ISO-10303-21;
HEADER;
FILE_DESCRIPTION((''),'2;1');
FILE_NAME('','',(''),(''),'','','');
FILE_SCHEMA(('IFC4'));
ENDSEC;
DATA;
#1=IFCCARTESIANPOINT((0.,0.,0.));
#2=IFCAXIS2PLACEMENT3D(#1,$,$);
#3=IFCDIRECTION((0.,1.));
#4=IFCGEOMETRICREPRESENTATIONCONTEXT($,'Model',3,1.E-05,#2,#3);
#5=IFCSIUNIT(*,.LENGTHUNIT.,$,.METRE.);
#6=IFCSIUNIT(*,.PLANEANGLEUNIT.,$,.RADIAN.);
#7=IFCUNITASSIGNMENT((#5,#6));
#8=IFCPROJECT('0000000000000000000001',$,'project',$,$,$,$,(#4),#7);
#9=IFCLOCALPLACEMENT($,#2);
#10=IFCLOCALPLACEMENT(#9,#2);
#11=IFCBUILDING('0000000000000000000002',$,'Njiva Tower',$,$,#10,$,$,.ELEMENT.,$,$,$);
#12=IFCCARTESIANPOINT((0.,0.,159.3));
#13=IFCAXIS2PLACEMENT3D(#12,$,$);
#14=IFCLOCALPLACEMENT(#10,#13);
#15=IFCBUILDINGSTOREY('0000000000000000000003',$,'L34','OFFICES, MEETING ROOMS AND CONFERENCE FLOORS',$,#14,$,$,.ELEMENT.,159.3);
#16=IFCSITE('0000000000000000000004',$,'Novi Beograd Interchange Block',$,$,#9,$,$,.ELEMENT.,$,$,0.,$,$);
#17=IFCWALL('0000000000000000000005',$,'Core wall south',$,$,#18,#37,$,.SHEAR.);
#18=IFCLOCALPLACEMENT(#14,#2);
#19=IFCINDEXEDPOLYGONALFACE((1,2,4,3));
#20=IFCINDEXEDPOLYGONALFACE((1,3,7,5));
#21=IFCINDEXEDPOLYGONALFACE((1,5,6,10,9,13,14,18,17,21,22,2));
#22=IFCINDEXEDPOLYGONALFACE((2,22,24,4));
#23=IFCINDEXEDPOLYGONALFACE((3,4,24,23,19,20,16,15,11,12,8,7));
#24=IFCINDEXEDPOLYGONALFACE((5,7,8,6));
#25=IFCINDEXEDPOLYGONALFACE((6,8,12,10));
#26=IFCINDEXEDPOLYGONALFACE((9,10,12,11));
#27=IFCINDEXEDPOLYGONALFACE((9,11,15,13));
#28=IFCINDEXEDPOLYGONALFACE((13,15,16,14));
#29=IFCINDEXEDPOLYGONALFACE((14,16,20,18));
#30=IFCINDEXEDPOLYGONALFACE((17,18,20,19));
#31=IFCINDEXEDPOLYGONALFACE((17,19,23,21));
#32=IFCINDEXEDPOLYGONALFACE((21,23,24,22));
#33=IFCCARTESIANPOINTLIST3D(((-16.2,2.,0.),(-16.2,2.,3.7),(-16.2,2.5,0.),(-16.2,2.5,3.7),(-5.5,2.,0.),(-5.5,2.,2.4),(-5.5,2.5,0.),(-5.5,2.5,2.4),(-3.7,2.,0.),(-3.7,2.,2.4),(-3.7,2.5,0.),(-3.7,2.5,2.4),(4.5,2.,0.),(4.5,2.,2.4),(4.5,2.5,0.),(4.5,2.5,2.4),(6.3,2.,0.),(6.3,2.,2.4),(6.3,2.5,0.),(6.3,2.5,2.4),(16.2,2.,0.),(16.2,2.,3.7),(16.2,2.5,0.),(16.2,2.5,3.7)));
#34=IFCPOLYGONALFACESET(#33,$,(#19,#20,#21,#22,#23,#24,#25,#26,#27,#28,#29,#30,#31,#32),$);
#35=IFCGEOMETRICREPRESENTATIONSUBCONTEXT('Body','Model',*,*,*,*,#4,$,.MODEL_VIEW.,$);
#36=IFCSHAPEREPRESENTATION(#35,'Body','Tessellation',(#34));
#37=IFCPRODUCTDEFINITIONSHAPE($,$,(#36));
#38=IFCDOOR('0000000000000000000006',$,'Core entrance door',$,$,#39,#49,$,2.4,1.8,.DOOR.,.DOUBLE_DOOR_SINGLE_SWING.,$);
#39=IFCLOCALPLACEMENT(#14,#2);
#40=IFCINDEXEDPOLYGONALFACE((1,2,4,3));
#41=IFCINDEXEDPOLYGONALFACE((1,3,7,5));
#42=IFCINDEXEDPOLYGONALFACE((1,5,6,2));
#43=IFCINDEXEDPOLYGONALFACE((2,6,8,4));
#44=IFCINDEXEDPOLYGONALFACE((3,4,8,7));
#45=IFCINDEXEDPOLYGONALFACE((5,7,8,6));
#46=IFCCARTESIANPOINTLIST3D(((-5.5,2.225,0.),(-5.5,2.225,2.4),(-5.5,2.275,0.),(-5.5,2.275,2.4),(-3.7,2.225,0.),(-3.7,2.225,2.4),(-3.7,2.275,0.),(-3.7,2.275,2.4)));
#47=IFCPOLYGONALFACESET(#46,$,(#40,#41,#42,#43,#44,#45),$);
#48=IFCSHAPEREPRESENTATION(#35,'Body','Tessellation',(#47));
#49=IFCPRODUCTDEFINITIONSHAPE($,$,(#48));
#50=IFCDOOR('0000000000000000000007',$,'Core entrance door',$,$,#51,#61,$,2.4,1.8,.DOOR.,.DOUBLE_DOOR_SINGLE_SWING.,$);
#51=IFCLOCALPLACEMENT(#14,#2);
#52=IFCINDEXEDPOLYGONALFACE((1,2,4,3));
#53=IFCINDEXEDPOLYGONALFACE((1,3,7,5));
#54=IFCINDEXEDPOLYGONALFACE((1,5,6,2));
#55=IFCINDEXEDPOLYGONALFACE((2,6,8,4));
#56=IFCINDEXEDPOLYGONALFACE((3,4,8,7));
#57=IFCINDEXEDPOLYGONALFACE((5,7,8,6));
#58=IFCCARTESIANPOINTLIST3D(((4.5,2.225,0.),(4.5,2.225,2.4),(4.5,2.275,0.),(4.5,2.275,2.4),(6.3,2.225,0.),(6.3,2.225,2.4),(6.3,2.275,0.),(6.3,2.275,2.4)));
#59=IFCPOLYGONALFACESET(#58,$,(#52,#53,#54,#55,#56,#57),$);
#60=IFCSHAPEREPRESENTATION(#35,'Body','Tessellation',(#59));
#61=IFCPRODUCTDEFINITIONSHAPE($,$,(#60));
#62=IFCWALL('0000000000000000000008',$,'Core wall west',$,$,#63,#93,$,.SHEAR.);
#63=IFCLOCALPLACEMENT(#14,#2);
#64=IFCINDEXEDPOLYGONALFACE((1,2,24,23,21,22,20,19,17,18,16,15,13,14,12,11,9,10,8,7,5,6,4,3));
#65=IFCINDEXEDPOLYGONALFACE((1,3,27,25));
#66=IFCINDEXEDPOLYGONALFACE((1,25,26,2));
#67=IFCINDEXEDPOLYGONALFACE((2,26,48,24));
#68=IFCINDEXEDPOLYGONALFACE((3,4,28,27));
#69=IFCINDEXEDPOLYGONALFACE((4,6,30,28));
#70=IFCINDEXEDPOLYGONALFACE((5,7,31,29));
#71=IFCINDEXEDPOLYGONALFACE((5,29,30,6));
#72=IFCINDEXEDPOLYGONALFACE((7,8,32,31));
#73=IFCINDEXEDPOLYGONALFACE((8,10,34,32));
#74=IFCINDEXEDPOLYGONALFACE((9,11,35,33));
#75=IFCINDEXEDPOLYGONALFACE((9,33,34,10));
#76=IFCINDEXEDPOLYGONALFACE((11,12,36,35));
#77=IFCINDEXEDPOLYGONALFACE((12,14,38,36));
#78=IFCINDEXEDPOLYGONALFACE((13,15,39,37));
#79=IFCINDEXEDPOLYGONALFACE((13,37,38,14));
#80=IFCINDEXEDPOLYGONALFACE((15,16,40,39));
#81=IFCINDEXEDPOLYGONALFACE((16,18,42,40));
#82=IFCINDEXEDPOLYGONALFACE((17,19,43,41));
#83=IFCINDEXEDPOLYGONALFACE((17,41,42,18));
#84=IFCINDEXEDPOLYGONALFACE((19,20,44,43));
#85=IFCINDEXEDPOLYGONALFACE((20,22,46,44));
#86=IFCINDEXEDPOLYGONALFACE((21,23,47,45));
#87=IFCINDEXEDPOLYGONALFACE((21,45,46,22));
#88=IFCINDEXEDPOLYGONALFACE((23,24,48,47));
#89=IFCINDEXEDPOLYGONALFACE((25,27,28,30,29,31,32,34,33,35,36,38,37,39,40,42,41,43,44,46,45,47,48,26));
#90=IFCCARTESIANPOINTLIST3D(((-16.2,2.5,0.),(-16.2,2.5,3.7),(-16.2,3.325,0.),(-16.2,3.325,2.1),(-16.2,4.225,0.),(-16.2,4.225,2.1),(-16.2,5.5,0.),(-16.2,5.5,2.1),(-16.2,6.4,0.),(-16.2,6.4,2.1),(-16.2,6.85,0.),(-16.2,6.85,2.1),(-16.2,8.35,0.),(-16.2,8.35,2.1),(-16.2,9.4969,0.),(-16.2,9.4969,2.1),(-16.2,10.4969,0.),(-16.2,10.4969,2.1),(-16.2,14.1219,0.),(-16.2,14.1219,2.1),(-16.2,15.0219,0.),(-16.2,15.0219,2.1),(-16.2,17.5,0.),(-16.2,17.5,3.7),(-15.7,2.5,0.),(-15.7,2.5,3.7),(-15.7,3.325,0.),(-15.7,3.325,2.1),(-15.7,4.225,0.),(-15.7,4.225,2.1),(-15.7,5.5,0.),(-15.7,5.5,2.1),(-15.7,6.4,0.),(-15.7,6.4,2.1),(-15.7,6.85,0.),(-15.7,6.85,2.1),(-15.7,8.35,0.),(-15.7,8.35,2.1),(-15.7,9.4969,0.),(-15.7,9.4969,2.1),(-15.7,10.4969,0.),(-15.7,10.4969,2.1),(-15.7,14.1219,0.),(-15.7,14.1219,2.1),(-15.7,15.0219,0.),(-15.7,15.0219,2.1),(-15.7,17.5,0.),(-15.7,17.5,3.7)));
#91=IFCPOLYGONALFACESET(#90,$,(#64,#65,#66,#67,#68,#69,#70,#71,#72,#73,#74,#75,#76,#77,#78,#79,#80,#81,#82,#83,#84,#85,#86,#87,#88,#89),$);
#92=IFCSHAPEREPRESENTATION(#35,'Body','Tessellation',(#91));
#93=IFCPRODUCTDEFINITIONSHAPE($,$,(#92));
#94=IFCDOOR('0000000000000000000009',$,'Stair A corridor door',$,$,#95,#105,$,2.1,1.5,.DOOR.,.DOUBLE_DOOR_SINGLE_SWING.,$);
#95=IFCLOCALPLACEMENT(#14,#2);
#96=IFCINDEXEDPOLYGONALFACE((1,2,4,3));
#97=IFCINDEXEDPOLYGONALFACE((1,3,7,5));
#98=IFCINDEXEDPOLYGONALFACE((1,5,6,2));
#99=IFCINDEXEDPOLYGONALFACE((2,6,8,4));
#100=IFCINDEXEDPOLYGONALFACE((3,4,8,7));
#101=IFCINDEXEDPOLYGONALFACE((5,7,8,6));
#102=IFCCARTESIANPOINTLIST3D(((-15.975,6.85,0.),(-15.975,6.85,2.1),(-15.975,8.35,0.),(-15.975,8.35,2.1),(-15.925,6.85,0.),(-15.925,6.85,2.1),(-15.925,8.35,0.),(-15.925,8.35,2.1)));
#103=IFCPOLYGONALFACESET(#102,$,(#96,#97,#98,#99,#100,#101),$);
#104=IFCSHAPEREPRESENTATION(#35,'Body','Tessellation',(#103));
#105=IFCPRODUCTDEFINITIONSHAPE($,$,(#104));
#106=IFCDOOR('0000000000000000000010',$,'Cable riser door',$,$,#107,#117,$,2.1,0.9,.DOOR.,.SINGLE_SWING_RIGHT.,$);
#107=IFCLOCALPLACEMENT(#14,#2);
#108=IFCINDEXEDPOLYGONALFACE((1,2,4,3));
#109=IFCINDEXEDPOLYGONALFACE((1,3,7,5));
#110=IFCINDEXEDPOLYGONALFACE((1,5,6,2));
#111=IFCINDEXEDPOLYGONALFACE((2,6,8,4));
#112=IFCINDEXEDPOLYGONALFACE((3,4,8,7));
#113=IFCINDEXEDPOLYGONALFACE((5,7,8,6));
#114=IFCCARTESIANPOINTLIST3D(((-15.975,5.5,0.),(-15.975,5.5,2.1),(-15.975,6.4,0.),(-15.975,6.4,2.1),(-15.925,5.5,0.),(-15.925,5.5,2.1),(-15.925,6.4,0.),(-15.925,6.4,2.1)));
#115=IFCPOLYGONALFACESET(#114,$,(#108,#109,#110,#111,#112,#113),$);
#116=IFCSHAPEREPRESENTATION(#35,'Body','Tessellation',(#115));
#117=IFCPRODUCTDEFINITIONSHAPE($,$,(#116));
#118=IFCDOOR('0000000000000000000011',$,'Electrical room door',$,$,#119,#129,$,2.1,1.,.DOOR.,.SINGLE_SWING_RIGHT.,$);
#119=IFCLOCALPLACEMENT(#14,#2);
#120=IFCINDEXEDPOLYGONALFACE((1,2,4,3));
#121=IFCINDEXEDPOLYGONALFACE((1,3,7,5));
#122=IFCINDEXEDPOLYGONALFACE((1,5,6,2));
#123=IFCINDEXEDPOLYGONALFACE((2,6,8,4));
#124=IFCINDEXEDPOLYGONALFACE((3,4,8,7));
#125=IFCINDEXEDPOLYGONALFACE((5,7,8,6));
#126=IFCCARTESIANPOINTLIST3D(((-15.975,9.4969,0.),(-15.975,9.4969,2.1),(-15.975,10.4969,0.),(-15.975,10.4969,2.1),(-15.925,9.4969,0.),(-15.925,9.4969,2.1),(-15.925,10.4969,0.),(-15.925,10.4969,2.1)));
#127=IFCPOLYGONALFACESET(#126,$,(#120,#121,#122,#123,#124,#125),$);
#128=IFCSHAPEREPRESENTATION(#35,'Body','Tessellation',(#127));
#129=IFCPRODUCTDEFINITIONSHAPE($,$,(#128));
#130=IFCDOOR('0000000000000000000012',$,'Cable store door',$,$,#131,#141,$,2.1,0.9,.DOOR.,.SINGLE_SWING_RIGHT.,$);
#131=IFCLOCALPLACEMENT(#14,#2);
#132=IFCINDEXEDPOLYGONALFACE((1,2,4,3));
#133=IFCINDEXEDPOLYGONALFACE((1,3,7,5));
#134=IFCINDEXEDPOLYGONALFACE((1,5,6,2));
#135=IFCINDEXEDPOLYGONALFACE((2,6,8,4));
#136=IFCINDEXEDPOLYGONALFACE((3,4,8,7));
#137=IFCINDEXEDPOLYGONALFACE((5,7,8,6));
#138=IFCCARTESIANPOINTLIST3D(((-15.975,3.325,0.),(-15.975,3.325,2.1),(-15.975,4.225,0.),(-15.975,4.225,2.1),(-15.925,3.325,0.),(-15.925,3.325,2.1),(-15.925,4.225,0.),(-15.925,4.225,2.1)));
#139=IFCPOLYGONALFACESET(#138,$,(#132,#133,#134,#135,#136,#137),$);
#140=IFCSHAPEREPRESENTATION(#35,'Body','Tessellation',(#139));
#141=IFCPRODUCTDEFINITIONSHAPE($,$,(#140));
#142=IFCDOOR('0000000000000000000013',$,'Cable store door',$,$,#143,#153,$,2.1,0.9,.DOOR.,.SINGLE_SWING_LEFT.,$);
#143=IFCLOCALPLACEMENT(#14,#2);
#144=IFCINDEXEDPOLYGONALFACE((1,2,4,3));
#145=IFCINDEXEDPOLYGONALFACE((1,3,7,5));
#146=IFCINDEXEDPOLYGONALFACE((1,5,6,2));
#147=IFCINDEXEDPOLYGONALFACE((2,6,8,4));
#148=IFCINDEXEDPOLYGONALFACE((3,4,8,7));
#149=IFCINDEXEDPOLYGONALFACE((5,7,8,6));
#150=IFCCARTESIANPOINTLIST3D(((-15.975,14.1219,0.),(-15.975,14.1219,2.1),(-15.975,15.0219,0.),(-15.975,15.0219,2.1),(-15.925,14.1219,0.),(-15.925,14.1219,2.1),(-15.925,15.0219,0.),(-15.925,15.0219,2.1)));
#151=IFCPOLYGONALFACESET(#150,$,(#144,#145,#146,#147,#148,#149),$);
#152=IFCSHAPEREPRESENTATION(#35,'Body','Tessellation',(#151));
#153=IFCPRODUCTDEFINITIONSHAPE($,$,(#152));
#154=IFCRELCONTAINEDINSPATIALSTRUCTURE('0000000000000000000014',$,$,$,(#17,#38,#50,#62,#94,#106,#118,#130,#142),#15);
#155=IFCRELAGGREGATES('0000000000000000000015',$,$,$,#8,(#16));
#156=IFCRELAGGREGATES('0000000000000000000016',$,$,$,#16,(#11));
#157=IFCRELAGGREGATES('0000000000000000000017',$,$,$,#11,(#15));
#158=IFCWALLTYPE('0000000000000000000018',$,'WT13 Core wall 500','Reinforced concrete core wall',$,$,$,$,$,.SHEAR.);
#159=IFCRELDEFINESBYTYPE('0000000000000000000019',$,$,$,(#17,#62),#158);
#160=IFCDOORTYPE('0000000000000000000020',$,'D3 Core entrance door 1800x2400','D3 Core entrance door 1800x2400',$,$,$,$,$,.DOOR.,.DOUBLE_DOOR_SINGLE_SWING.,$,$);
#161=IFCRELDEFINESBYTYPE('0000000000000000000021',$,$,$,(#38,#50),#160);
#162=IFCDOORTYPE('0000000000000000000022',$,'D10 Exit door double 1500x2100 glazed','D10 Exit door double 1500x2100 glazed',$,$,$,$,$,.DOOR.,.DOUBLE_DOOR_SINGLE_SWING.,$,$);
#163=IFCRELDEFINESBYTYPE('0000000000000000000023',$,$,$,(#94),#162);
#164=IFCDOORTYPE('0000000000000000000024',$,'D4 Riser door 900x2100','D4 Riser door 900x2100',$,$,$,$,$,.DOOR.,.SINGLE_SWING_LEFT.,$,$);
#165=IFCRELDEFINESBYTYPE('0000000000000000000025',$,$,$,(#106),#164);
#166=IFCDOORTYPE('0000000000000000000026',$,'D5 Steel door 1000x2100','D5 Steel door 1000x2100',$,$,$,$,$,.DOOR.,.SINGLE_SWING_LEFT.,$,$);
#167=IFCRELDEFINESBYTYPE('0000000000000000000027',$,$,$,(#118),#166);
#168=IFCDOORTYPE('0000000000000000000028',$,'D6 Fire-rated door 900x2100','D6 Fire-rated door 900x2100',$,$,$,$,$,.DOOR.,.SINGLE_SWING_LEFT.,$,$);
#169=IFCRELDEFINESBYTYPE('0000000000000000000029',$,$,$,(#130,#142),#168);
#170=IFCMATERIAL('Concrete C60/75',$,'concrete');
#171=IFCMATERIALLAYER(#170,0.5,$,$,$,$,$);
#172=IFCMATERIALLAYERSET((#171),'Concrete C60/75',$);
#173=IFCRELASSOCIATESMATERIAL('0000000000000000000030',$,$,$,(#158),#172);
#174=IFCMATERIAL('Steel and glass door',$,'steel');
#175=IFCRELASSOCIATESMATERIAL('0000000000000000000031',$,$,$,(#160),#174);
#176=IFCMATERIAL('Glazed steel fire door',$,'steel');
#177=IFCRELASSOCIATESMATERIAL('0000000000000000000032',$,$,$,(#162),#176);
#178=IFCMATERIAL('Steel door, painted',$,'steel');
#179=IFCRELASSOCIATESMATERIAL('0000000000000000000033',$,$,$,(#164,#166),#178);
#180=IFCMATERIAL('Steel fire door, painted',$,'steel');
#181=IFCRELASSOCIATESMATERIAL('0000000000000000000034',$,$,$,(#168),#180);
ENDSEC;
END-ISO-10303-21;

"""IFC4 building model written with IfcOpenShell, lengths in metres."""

from ifc_helpers import new_model, si_unit, direction, frame, frame_2d, origin, place, context, subcontext, project, spatial, rectangle, extrude, material, layer, layer_set, type_object, element, fill, save


model = new_model("IFC4")

# Units and contexts
model_context = context("Model", 3, precision=1e-05, world=origin(), true_north=direction((0.0, 1.0)))
body_context = subcontext(model_context, "Body", "Model", "MODEL_VIEW")
ifc_project = project(units=[si_unit("LENGTHUNIT", "METRE"), si_unit("PLANEANGLEUNIT", "RADIAN")], contexts=[model_context])

# Site, building, storey
site_placement = place(None, origin())
site = spatial("IfcSite", under=ifc_project, at=site_placement, Name="Novi Beograd Interchange Block", CompositionType="ELEMENT", RefElevation=0.0)
building_placement = place(site_placement, origin())
building = spatial("IfcBuilding", under=site, at=building_placement, Name="Njiva Tower", CompositionType="ELEMENT")
storey_placement = place(building_placement, frame((0.0, 0.0, 159.3)))
storey = spatial("IfcBuildingStorey", under=building, at=storey_placement, Name="L34", Description="OFFICES, MEETING ROOMS AND CONFERENCE FLOORS", CompositionType="ELEMENT", Elevation=159.3)

# Walls, openings, doors
ifc_material_1 = material(Name="Concrete C60/75", Category="concrete")
ifc_layer_1 = layer(ifc_material_1, 0.5)
ifc_layer_set_1 = layer_set([ifc_layer_1], Name="Concrete C60/75")
wall_type_1 = type_object("IfcWallType", Name="WT13 Core wall 500", Description="Reinforced concrete core wall", PredefinedType="SHEAR", material=ifc_layer_set_1)
wall_1_placement = place(storey_placement, frame((-16.2, 2.25, 0.0), z_axis=(0.0, 0.0, 1.0), x_axis=(1.0, 0.0, 0.0)))
wall_1 = element("IfcWall", 1, at=wall_1_placement, inside=storey, type_object=wall_type_1, Name="Core wall south", PredefinedType="SHEAR", context=body_context, shape_type="SweptSolid", body=[
    extrude(rectangle(XDim=32.4, YDim=0.5, at=frame_2d((16.2, 0.0))), origin(), (0.0, 0.0, 1.0), 3.7),
])
opening_1_placement = place(wall_1_placement, frame((10.7, 0.0, 0.0)))
opening_1 = element("IfcOpeningElement", 2, at=opening_1_placement, cuts=wall_1, PredefinedType="OPENING", context=body_context, shape_type="SweptSolid", body=[
    extrude(rectangle(XDim=1.8, YDim=2.4, at=frame_2d((0.9, 1.2))), frame((0.0, 0.26, 0.0), z_axis=(0.0, -1.0, 0.0), x_axis=(1.0, 0.0, 0.0)), (0.0, 0.0, 1.0), 0.52),
])
opening_2_placement = place(wall_1_placement, frame((20.7, 0.0, 0.0)))
opening_2 = element("IfcOpeningElement", 3, at=opening_2_placement, cuts=wall_1, PredefinedType="OPENING", context=body_context, shape_type="SweptSolid", body=[
    extrude(rectangle(XDim=1.8, YDim=2.4, at=frame_2d((0.9, 1.2))), frame((0.0, 0.26, 0.0), z_axis=(0.0, -1.0, 0.0), x_axis=(1.0, 0.0, 0.0)), (0.0, 0.0, 1.0), 0.52),
])
ifc_material_2 = material(Name="Steel and glass door", Category="steel")
door_type_1 = type_object("IfcDoorType", Name="D3 Core entrance door 1800x2400", Description="D3 Core entrance door 1800x2400", OperationType="DOUBLE_DOOR_SINGLE_SWING", PredefinedType="DOOR", material=ifc_material_2)
door_1_placement = place(opening_1_placement, origin())
door_1 = element("IfcDoor", 4, at=door_1_placement, inside=storey, type_object=door_type_1, Name="Core entrance door", OperationType="DOUBLE_DOOR_SINGLE_SWING", OverallHeight=2.4, OverallWidth=1.8, PredefinedType="DOOR", context=body_context, shape_type="SweptSolid", body=[
    extrude(rectangle(XDim=1.8, YDim=2.4, at=frame_2d((0.9, 1.2))), frame((0.0, 0.025, 0.0), z_axis=(0.0, -1.0, 0.0), x_axis=(1.0, 0.0, 0.0)), (0.0, 0.0, 1.0), 0.05),
])
fill(opening_1, door_1)
door_2_placement = place(opening_2_placement, origin())
door_2 = element("IfcDoor", 5, at=door_2_placement, inside=storey, type_object=door_type_1, Name="Core entrance door", OperationType="DOUBLE_DOOR_SINGLE_SWING", OverallHeight=2.4, OverallWidth=1.8, PredefinedType="DOOR", context=body_context, shape_type="SweptSolid", body=[
    extrude(rectangle(XDim=1.8, YDim=2.4, at=frame_2d((0.9, 1.2))), frame((0.0, 0.025, 0.0), z_axis=(0.0, -1.0, 0.0), x_axis=(1.0, 0.0, 0.0)), (0.0, 0.0, 1.0), 0.05),
])
fill(opening_2, door_2)
wall_2_placement = place(storey_placement, frame((-15.95, 2.5, 0.0), z_axis=(0.0, 0.0, 1.0), x_axis=(0.0, 1.0, 0.0)))
wall_2 = element("IfcWall", 6, at=wall_2_placement, inside=storey, type_object=wall_type_1, Name="Core wall west", PredefinedType="SHEAR", context=body_context, shape_type="SweptSolid", body=[
    extrude(rectangle(XDim=15.0, YDim=0.5, at=frame_2d((7.5, 0.0))), origin(), (0.0, 0.0, 1.0), 3.7),
])
opening_3_placement = place(wall_2_placement, frame((4.35, 0.0, 0.0)))
opening_3 = element("IfcOpeningElement", 7, at=opening_3_placement, cuts=wall_2, PredefinedType="OPENING", context=body_context, shape_type="SweptSolid", body=[
    extrude(rectangle(XDim=1.5, YDim=2.1, at=frame_2d((0.75, 1.05))), frame((0.0, 0.26, 0.0), z_axis=(0.0, -1.0, 0.0), x_axis=(1.0, 0.0, 0.0)), (0.0, 0.0, 1.0), 0.52),
])
opening_4_placement = place(wall_2_placement, frame((0.825, 0.0, 0.0)))
opening_4 = element("IfcOpeningElement", 8, at=opening_4_placement, cuts=wall_2, PredefinedType="OPENING", context=body_context, shape_type="SweptSolid", body=[
    extrude(rectangle(XDim=0.9, YDim=2.1, at=frame_2d((0.45, 1.05))), frame((0.0, 0.26, 0.0), z_axis=(0.0, -1.0, 0.0), x_axis=(1.0, 0.0, 0.0)), (0.0, 0.0, 1.0), 0.52),
])
opening_5_placement = place(wall_2_placement, frame((3.0, 0.0, 0.0)))
opening_5 = element("IfcOpeningElement", 9, at=opening_5_placement, cuts=wall_2, PredefinedType="OPENING", context=body_context, shape_type="SweptSolid", body=[
    extrude(rectangle(XDim=0.9, YDim=2.1, at=frame_2d((0.45, 1.05))), frame((0.0, 0.26, 0.0), z_axis=(0.0, -1.0, 0.0), x_axis=(1.0, 0.0, 0.0)), (0.0, 0.0, 1.0), 0.52),
])
opening_6_placement = place(wall_2_placement, frame((6.9969, 0.0, 0.0)))
opening_6 = element("IfcOpeningElement", 10, at=opening_6_placement, cuts=wall_2, PredefinedType="OPENING", context=body_context, shape_type="SweptSolid", body=[
    extrude(rectangle(XDim=1.0, YDim=2.1, at=frame_2d((0.5, 1.05))), frame((0.0, 0.26, 0.0), z_axis=(0.0, -1.0, 0.0), x_axis=(1.0, 0.0, 0.0)), (0.0, 0.0, 1.0), 0.52),
])
opening_7_placement = place(wall_2_placement, frame((11.6219, 0.0, 0.0)))
opening_7 = element("IfcOpeningElement", 11, at=opening_7_placement, cuts=wall_2, PredefinedType="OPENING", context=body_context, shape_type="SweptSolid", body=[
    extrude(rectangle(XDim=0.9, YDim=2.1, at=frame_2d((0.45, 1.05))), frame((0.0, 0.26, 0.0), z_axis=(0.0, -1.0, 0.0), x_axis=(1.0, 0.0, 0.0)), (0.0, 0.0, 1.0), 0.52),
])
ifc_material_3 = material(Name="Glazed steel fire door", Category="steel")
door_type_2 = type_object("IfcDoorType", Name="D10 Exit door double 1500x2100 glazed", Description="D10 Exit door double 1500x2100 glazed", OperationType="DOUBLE_DOOR_SINGLE_SWING", PredefinedType="DOOR", material=ifc_material_3)
door_3_placement = place(opening_3_placement, origin())
door_3 = element("IfcDoor", 12, at=door_3_placement, inside=storey, type_object=door_type_2, Name="Stair A corridor door", OperationType="DOUBLE_DOOR_SINGLE_SWING", OverallHeight=2.1, OverallWidth=1.5, PredefinedType="DOOR", context=body_context, shape_type="SweptSolid", body=[
    extrude(rectangle(XDim=1.5, YDim=2.1, at=frame_2d((0.75, 1.05))), frame((0.0, 0.025, 0.0), z_axis=(0.0, -1.0, 0.0), x_axis=(1.0, 0.0, 0.0)), (0.0, 0.0, 1.0), 0.05),
])
fill(opening_3, door_3)
ifc_material_4 = material(Name="Steel door, painted", Category="steel")
door_type_3 = type_object("IfcDoorType", Name="D4 Riser door 900x2100", Description="D4 Riser door 900x2100", OperationType="SINGLE_SWING_LEFT", PredefinedType="DOOR", material=ifc_material_4)
door_4_placement = place(opening_5_placement, origin())
door_4 = element("IfcDoor", 13, at=door_4_placement, inside=storey, type_object=door_type_3, Name="Cable riser door", OperationType="SINGLE_SWING_RIGHT", OverallHeight=2.1, OverallWidth=0.9, PredefinedType="DOOR", context=body_context, shape_type="SweptSolid", body=[
    extrude(rectangle(XDim=0.9, YDim=2.1, at=frame_2d((0.45, 1.05))), frame((0.0, 0.025, 0.0), z_axis=(0.0, -1.0, 0.0), x_axis=(1.0, 0.0, 0.0)), (0.0, 0.0, 1.0), 0.05),
])
fill(opening_5, door_4)
door_type_4 = type_object("IfcDoorType", Name="D5 Steel door 1000x2100", Description="D5 Steel door 1000x2100", OperationType="SINGLE_SWING_LEFT", PredefinedType="DOOR", material=ifc_material_4)
door_5_placement = place(opening_6_placement, origin())
door_5 = element("IfcDoor", 14, at=door_5_placement, inside=storey, type_object=door_type_4, Name="Electrical room door", OperationType="SINGLE_SWING_RIGHT", OverallHeight=2.1, OverallWidth=1.0, PredefinedType="DOOR", context=body_context, shape_type="SweptSolid", body=[
    extrude(rectangle(XDim=1.0, YDim=2.1, at=frame_2d((0.5, 1.05))), frame((0.0, 0.025, 0.0), z_axis=(0.0, -1.0, 0.0), x_axis=(1.0, 0.0, 0.0)), (0.0, 0.0, 1.0), 0.05),
])
fill(opening_6, door_5)
ifc_material_5 = material(Name="Steel fire door, painted", Category="steel")
door_type_5 = type_object("IfcDoorType", Name="D6 Fire-rated door 900x2100", Description="D6 Fire-rated door 900x2100", OperationType="SINGLE_SWING_LEFT", PredefinedType="DOOR", material=ifc_material_5)
door_6_placement = place(opening_4_placement, origin())
door_6 = element("IfcDoor", 15, at=door_6_placement, inside=storey, type_object=door_type_5, Name="Cable store door", OperationType="SINGLE_SWING_RIGHT", OverallHeight=2.1, OverallWidth=0.9, PredefinedType="DOOR", context=body_context, shape_type="SweptSolid", body=[
    extrude(rectangle(XDim=0.9, YDim=2.1, at=frame_2d((0.45, 1.05))), frame((0.0, 0.025, 0.0), z_axis=(0.0, -1.0, 0.0), x_axis=(1.0, 0.0, 0.0)), (0.0, 0.0, 1.0), 0.05),
])
fill(opening_4, door_6)
door_7_placement = place(opening_7_placement, origin())
door_7 = element("IfcDoor", 16, at=door_7_placement, inside=storey, type_object=door_type_5, Name="Cable store door", OperationType="SINGLE_SWING_LEFT", OverallHeight=2.1, OverallWidth=0.9, PredefinedType="DOOR", context=body_context, shape_type="SweptSolid", body=[
    extrude(rectangle(XDim=0.9, YDim=2.1, at=frame_2d((0.45, 1.05))), frame((0.0, 0.025, 0.0), z_axis=(0.0, -1.0, 0.0), x_axis=(1.0, 0.0, 0.0)), (0.0, 0.0, 1.0), 0.05),
])
fill(opening_7, door_7)

save(model, "model.ifc")
